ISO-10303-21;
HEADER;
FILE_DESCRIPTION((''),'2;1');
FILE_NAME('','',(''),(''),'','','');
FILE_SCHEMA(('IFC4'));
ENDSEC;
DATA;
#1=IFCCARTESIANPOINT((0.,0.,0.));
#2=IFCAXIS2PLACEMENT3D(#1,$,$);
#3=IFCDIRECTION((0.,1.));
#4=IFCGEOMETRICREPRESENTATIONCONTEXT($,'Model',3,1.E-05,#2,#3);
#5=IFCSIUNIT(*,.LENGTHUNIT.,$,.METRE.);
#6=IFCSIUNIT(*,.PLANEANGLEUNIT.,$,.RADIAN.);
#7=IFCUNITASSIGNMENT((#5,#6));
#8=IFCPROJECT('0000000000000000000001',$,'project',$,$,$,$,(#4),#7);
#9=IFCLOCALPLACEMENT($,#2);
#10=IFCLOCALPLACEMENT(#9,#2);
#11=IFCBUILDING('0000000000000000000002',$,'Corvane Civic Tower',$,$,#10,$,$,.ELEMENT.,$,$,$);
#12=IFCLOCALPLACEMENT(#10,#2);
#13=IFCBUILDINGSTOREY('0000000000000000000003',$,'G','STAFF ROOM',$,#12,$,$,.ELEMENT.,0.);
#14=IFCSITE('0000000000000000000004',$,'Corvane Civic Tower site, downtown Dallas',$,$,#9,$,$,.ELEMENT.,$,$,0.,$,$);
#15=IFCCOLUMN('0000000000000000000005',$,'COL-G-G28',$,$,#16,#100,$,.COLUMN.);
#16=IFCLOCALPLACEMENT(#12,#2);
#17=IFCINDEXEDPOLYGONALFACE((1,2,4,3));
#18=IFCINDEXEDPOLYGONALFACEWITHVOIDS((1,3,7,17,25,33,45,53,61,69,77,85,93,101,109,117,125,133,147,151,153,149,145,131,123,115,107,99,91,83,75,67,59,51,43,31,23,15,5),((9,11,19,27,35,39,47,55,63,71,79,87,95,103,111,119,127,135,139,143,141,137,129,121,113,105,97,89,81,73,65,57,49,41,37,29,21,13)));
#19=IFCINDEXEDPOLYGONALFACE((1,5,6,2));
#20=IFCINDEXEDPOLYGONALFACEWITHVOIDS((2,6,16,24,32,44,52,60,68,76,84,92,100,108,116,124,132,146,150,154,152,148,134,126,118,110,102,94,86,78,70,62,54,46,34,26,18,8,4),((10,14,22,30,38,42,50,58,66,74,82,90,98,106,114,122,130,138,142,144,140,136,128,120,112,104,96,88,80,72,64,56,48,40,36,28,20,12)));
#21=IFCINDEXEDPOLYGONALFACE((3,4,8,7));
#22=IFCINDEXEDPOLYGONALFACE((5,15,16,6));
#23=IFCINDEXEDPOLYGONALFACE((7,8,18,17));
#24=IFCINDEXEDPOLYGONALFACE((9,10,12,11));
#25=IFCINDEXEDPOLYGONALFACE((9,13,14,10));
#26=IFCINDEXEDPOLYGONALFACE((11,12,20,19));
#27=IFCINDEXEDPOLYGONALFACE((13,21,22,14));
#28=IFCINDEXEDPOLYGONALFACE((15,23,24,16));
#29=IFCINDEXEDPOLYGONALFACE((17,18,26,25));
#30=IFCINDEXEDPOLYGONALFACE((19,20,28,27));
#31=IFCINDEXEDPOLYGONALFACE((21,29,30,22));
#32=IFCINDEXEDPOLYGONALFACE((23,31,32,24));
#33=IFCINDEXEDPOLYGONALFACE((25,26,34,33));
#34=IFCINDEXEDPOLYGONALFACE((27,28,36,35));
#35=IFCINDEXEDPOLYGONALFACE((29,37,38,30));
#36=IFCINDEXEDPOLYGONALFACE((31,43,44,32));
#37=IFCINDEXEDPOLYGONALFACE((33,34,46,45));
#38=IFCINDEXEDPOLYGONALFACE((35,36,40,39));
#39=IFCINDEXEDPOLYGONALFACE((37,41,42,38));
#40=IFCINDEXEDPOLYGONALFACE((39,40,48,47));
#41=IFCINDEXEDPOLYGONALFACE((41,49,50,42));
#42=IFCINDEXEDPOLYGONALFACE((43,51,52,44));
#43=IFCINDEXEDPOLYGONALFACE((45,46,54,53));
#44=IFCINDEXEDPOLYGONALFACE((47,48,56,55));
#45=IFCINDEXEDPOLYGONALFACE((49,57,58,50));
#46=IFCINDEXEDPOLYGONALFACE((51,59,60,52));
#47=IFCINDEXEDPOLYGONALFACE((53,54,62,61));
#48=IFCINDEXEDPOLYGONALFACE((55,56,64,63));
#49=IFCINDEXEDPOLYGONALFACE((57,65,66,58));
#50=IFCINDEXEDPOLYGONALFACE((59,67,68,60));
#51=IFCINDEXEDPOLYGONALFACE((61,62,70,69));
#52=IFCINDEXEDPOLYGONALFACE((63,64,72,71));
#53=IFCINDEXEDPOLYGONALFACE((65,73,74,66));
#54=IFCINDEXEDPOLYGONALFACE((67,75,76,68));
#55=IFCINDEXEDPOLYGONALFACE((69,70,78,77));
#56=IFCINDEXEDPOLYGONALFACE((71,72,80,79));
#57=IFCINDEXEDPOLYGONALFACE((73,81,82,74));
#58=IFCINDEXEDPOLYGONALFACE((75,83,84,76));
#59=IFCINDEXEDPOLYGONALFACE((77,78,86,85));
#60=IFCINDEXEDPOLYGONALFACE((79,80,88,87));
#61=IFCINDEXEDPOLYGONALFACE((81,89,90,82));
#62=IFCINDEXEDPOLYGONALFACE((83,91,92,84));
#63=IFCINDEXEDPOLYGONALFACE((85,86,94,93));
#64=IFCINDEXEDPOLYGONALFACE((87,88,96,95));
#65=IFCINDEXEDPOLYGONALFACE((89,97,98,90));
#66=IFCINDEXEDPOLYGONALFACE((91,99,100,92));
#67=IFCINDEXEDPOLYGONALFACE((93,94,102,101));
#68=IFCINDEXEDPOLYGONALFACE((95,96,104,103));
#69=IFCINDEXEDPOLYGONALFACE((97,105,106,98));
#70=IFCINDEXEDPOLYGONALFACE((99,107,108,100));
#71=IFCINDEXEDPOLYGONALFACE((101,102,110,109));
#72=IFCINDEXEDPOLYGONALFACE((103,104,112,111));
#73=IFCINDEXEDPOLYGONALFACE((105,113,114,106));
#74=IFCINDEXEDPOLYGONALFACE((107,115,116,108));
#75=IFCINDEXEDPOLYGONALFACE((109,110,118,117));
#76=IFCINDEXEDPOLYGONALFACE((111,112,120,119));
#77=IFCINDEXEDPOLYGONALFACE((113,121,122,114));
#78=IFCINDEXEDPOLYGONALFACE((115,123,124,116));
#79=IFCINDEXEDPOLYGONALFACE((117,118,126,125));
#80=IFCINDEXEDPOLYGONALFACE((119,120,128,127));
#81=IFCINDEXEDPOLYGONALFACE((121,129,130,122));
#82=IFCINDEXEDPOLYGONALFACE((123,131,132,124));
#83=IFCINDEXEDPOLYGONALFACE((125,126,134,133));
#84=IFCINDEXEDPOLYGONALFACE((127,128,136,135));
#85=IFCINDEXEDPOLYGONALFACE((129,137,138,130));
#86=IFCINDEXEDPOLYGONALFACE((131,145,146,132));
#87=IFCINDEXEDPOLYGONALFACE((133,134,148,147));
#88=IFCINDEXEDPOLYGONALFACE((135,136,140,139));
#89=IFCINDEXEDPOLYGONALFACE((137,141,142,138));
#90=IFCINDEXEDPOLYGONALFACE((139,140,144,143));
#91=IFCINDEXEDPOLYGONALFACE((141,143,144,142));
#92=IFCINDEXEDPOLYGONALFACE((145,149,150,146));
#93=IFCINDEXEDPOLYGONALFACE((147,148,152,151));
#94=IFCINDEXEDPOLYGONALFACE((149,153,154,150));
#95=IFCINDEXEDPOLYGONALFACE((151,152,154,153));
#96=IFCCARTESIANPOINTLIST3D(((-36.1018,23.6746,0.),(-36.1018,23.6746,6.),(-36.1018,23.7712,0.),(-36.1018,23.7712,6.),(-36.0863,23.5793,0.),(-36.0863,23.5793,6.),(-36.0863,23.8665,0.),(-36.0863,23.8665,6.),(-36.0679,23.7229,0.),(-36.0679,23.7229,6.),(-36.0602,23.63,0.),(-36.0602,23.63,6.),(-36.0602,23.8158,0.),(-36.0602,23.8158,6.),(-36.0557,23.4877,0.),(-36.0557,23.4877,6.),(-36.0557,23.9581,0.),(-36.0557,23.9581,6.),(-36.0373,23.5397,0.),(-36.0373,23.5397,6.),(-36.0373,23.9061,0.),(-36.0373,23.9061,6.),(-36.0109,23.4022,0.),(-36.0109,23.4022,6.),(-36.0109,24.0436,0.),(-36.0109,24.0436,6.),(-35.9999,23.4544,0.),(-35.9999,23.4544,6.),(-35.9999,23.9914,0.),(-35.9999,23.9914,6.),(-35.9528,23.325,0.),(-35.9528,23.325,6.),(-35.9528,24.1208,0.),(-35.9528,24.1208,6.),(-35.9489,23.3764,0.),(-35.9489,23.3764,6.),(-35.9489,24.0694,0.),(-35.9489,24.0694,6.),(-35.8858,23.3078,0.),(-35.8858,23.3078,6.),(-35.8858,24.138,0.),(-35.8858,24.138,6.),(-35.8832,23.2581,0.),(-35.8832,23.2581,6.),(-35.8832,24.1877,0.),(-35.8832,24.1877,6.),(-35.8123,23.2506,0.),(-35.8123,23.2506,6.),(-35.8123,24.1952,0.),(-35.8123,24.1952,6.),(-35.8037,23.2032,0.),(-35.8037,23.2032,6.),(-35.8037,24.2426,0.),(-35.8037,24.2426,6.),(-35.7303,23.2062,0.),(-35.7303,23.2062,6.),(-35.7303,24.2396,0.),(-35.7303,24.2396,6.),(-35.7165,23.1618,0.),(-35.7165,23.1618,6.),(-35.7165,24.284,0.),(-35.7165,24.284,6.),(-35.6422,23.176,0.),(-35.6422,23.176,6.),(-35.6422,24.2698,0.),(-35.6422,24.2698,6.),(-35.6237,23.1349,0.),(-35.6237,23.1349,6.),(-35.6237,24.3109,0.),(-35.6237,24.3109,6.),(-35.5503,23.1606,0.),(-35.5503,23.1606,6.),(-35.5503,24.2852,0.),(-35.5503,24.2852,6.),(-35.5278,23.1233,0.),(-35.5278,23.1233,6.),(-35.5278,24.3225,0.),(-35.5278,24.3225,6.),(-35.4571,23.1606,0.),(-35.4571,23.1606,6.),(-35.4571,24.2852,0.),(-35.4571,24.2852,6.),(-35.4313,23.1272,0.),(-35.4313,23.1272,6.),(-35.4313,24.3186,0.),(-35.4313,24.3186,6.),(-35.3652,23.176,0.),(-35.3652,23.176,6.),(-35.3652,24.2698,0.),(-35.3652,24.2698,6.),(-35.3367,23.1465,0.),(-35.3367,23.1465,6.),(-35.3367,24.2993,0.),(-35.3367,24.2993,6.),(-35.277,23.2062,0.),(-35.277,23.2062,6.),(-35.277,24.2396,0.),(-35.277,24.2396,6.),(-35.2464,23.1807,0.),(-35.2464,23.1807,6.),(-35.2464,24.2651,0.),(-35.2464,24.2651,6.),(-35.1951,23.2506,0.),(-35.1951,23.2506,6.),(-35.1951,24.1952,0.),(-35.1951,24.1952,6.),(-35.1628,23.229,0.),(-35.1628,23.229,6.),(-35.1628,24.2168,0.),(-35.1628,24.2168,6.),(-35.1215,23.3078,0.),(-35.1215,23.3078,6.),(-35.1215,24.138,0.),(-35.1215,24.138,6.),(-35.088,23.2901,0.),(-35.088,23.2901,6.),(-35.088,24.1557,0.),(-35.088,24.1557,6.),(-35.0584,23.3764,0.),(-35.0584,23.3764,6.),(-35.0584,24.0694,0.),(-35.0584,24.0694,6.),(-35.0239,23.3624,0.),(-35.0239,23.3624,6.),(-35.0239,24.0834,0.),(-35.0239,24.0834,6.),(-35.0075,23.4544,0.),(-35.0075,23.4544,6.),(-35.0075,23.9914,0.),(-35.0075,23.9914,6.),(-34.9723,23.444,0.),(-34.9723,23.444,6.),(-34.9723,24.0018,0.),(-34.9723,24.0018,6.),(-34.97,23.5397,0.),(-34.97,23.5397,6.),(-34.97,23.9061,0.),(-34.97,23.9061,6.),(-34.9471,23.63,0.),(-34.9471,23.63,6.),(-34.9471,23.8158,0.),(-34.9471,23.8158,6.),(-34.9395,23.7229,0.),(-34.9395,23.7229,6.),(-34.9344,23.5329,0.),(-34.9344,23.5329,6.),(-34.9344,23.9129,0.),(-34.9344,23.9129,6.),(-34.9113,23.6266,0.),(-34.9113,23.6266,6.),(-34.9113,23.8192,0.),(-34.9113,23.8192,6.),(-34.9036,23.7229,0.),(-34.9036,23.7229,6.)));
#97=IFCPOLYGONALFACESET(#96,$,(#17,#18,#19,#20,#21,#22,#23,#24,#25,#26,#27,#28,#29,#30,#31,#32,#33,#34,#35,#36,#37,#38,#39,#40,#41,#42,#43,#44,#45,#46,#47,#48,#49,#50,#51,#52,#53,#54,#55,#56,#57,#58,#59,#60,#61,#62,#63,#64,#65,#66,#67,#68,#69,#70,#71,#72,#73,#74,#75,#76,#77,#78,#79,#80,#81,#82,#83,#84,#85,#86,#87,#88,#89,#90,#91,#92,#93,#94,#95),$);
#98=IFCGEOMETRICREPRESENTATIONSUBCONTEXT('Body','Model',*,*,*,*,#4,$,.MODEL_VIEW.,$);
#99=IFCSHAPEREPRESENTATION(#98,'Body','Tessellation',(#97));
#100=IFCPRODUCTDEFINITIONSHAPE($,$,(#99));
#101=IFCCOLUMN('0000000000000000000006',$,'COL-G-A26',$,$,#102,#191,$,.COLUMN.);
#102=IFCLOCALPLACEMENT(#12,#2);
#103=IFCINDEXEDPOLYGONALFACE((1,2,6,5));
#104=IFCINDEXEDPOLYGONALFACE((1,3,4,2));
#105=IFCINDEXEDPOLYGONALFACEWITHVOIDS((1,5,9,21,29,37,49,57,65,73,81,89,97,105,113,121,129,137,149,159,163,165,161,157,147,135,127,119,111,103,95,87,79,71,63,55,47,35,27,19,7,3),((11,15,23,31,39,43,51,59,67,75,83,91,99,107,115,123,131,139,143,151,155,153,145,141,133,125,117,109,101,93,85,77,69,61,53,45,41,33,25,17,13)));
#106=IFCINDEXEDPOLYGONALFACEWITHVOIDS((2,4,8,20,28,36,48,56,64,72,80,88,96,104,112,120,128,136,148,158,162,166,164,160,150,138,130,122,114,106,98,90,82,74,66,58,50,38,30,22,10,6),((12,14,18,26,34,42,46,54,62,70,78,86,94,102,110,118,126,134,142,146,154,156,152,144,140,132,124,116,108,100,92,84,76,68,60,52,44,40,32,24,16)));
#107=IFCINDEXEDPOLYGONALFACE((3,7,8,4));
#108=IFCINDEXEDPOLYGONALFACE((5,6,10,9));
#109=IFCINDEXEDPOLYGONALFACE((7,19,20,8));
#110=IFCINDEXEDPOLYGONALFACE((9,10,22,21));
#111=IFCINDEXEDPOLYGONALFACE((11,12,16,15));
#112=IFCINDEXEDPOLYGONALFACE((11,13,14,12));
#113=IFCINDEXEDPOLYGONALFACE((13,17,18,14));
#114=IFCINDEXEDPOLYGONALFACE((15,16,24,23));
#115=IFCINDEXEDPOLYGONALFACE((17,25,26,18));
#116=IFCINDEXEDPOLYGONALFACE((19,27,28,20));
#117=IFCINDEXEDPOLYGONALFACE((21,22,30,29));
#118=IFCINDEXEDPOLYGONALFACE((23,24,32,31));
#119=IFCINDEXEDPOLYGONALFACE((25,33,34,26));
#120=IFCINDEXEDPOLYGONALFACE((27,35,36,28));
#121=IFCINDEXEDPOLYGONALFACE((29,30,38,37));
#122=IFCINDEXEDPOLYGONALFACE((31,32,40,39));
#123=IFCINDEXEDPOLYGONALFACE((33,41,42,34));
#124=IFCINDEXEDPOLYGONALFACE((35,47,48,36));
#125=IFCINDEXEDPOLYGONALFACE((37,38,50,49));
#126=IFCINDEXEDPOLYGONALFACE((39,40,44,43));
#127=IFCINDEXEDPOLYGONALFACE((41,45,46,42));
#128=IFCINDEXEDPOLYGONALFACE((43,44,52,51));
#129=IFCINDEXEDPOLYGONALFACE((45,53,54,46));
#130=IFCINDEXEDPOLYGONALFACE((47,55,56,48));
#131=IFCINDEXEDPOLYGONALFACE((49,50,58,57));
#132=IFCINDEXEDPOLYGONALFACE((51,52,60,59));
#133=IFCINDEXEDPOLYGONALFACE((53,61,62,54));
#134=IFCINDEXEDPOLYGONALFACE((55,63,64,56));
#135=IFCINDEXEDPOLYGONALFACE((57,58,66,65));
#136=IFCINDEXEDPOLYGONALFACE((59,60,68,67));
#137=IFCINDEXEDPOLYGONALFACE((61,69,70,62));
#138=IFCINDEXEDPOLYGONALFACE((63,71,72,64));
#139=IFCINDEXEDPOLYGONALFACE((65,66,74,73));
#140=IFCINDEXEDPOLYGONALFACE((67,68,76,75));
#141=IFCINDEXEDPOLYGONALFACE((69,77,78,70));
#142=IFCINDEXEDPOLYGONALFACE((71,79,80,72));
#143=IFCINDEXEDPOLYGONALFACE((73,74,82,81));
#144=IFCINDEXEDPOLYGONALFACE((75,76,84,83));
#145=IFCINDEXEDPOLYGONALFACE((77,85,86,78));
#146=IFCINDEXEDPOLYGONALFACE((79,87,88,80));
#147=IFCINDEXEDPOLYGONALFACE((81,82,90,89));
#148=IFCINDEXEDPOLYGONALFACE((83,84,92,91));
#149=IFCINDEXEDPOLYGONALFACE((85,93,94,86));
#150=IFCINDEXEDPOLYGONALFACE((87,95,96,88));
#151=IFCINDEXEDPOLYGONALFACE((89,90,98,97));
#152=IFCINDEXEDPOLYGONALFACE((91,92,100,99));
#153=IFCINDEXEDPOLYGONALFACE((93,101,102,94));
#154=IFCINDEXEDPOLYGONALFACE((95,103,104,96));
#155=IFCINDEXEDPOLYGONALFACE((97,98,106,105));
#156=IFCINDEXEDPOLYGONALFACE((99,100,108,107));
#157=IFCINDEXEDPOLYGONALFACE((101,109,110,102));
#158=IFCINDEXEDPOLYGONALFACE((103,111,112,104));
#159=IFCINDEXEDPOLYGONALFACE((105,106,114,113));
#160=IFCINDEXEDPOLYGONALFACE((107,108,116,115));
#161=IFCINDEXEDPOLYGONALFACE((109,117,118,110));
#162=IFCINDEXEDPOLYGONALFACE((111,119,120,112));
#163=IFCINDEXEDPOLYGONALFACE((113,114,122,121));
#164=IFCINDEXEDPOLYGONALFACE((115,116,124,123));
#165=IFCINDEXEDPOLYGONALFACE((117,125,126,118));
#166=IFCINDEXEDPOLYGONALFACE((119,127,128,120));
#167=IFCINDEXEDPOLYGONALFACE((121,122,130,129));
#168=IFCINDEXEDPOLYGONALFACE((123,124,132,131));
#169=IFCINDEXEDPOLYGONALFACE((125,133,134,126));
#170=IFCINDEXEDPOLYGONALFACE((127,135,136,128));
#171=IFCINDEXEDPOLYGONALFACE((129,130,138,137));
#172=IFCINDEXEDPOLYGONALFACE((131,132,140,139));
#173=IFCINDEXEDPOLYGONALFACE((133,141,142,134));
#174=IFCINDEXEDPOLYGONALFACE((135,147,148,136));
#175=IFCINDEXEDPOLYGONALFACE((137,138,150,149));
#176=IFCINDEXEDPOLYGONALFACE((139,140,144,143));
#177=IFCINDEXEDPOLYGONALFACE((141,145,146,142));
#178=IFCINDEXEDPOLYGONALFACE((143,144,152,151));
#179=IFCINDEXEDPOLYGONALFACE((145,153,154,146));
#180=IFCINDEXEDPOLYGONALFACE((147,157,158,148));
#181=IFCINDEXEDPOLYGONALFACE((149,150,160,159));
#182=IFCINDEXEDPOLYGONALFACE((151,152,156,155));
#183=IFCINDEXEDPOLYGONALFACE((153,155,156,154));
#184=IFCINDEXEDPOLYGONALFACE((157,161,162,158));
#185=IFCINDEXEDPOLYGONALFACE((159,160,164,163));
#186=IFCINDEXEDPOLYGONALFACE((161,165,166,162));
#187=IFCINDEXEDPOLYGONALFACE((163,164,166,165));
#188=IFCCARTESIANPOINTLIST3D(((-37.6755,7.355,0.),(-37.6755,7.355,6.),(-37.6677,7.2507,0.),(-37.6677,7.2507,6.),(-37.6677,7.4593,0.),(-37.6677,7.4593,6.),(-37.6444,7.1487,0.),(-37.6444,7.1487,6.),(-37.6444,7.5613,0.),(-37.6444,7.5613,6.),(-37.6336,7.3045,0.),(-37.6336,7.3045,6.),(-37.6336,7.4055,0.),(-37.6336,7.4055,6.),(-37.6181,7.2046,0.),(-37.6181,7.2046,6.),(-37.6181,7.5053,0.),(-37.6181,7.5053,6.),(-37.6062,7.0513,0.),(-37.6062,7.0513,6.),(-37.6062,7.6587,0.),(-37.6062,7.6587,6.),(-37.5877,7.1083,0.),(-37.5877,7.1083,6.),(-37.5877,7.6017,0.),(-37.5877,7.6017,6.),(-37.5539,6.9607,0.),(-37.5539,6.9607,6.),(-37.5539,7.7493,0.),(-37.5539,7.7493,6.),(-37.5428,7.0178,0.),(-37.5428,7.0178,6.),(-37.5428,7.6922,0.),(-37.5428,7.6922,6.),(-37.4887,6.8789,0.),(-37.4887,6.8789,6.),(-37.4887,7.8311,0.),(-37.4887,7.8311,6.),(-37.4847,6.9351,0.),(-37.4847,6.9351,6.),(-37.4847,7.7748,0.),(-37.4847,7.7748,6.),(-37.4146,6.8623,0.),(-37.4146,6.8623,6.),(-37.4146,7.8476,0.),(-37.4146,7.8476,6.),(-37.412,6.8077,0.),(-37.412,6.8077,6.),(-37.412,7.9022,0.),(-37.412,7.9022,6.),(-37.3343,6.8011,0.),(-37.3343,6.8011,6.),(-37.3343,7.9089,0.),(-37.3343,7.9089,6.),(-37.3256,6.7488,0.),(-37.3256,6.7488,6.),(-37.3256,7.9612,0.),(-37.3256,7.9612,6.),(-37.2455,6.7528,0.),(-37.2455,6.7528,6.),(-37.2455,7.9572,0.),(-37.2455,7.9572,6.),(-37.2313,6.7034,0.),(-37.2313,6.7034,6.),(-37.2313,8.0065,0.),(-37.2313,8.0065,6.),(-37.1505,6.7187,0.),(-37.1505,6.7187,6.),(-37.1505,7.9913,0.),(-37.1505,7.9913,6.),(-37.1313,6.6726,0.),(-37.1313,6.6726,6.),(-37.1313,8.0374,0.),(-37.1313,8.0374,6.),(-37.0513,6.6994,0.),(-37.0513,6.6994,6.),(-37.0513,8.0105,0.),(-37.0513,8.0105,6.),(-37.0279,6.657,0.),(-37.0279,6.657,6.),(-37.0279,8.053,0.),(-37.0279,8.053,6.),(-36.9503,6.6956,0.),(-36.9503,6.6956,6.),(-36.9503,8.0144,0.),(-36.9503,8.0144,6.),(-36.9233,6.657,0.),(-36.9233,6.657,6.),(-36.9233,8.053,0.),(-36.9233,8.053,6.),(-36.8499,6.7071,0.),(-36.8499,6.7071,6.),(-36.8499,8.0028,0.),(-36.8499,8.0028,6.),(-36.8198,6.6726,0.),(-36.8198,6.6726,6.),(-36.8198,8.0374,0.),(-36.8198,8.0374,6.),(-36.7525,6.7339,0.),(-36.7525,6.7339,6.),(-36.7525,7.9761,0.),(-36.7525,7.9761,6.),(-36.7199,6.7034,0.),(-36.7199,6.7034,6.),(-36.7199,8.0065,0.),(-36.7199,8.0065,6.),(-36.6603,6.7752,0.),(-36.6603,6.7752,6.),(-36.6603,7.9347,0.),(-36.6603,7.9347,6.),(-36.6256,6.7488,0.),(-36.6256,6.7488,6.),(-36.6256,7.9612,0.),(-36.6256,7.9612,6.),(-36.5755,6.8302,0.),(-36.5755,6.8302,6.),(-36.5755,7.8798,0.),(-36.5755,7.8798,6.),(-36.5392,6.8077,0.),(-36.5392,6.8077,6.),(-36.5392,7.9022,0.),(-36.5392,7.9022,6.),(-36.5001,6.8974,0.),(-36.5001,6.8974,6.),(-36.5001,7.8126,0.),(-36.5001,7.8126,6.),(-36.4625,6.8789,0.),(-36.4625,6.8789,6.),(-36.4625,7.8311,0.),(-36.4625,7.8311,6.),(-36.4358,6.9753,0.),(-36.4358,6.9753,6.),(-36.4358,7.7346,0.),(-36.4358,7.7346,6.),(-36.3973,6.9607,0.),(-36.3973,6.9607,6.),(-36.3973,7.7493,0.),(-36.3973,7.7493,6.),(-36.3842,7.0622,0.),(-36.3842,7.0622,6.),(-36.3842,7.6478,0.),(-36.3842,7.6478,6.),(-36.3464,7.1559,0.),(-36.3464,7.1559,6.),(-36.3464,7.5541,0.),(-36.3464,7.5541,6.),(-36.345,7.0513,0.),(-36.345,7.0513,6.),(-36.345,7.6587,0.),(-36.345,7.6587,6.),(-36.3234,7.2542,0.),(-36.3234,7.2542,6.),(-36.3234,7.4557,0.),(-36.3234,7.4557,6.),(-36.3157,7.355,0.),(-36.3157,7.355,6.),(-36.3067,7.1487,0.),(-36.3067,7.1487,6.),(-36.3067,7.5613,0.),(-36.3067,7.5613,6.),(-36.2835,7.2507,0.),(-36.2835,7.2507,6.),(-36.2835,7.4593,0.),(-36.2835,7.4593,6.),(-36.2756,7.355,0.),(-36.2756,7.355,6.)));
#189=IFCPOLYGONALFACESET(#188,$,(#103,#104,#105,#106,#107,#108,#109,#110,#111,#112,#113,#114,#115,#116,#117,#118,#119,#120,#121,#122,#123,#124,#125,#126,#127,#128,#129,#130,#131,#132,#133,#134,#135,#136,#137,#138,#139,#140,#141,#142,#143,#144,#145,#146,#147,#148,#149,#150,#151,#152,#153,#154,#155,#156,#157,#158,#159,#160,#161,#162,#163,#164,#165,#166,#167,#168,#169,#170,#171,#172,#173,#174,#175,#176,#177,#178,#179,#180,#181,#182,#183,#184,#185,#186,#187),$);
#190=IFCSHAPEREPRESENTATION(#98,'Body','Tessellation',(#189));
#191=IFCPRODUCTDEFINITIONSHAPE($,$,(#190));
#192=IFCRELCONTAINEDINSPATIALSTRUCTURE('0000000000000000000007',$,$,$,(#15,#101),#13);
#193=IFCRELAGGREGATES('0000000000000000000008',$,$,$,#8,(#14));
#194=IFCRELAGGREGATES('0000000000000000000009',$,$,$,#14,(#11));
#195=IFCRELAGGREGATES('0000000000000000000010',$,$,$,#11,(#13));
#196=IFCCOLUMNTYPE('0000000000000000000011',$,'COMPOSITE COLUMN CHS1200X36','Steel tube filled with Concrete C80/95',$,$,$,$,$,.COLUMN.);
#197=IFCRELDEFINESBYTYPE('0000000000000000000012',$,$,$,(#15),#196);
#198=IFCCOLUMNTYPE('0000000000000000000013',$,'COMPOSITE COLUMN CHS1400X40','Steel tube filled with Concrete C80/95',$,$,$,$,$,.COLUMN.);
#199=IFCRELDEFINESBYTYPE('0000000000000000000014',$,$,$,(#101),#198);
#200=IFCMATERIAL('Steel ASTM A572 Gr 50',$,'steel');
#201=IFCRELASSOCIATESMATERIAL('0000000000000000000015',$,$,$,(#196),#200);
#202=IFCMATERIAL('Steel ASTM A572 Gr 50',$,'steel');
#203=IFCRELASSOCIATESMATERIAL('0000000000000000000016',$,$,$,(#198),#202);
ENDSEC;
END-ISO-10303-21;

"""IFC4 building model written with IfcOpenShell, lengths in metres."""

from ifc_helpers import new_model, si_unit, direction, frame, origin, origin_2d, place, context, subcontext, project, spatial, hollow_circle, extrude, material, material_profile, profile_set, type_object, element, save


model = new_model("IFC4")

# Units and contexts
model_context = context("Model", 3, precision=1e-05, world=origin(), true_north=direction((0.0, 1.0)))
body_context = subcontext(model_context, "Body", "Model", "MODEL_VIEW")
ifc_project = project(units=[si_unit("LENGTHUNIT", "METRE"), si_unit("PLANEANGLEUNIT", "RADIAN")], contexts=[model_context])

# Site, building, storey
site_placement = place(None, origin())
site = spatial("IfcSite", under=ifc_project, at=site_placement, Name="Corvane Civic Tower site, downtown Dallas", CompositionType="ELEMENT", RefElevation=0.0)
building_placement = place(site_placement, origin())
building = spatial("IfcBuilding", under=site, at=building_placement, Name="Corvane Civic Tower", CompositionType="ELEMENT")
storey_placement = place(building_placement, origin())
storey = spatial("IfcBuildingStorey", under=building, at=storey_placement, Name="G", Description="STAFF ROOM", CompositionType="ELEMENT", Elevation=0.0)

# Columns
ifc_material_1 = material(Name="Steel ASTM A572 Gr 50", Category="steel")
ifc_material_profile_1 = material_profile(ifc_material_1, hollow_circle(Radius=0.6001, WallThickness=0.0359, at=origin_2d()), Name="CHS1200X36")
ifc_profile_set_1 = profile_set([ifc_material_profile_1], Name="Steel ASTM A572 Gr 50")
column_type_1 = type_object("IfcColumnType", Name="COMPOSITE COLUMN CHS1200X36", Description="Steel tube filled with Concrete C80/95", PredefinedType="COLUMN", material=ifc_profile_set_1)
column_placement = place(storey_placement, frame((-35.5037, 23.7229, 0.0), z_axis=(0.0, 0.0, 1.0), x_axis=(1.0, 0.0, 0.0)))
element("IfcColumn", 1, at=column_placement, inside=storey, type_object=column_type_1, Name="COL-G-G28", PredefinedType="COLUMN", context=body_context, shape_type="SweptSolid", body=[
    extrude(hollow_circle(Radius=0.6001, WallThickness=0.0359, at=origin_2d()), origin(), (0.0, 0.0, 1.0), 6.0),
])
ifc_material_2 = material(Name="Steel ASTM A572 Gr 50", Category="steel")
ifc_material_profile_2 = material_profile(ifc_material_2, hollow_circle(Radius=0.7, WallThickness=0.04, at=origin_2d()), Name="CHS1400X40")
ifc_profile_set_2 = profile_set([ifc_material_profile_2], Name="Steel ASTM A572 Gr 50")
column_type_2 = type_object("IfcColumnType", Name="COMPOSITE COLUMN CHS1400X40", Description="Steel tube filled with Concrete C80/95", PredefinedType="COLUMN", material=ifc_profile_set_2)
for number, where, z_axis, x_axis, name in (
    (2, (-36.9756, 7.355, 0.0), (0.0, 0.0, 1.0), (1.0, 0.0, 0.0), "COL-G-A26"),
):
    element("IfcColumn", number, at=place(storey_placement, frame(where, z_axis=z_axis, x_axis=x_axis)), inside=storey, type_object=column_type_2, Name=name, PredefinedType="COLUMN", context=body_context, shape_type="SweptSolid", body=[
        extrude(hollow_circle(Radius=0.7, WallThickness=0.04, at=origin_2d()), origin(), (0.0, 0.0, 1.0), 6.0),
    ])

save(model, "model.ifc")
